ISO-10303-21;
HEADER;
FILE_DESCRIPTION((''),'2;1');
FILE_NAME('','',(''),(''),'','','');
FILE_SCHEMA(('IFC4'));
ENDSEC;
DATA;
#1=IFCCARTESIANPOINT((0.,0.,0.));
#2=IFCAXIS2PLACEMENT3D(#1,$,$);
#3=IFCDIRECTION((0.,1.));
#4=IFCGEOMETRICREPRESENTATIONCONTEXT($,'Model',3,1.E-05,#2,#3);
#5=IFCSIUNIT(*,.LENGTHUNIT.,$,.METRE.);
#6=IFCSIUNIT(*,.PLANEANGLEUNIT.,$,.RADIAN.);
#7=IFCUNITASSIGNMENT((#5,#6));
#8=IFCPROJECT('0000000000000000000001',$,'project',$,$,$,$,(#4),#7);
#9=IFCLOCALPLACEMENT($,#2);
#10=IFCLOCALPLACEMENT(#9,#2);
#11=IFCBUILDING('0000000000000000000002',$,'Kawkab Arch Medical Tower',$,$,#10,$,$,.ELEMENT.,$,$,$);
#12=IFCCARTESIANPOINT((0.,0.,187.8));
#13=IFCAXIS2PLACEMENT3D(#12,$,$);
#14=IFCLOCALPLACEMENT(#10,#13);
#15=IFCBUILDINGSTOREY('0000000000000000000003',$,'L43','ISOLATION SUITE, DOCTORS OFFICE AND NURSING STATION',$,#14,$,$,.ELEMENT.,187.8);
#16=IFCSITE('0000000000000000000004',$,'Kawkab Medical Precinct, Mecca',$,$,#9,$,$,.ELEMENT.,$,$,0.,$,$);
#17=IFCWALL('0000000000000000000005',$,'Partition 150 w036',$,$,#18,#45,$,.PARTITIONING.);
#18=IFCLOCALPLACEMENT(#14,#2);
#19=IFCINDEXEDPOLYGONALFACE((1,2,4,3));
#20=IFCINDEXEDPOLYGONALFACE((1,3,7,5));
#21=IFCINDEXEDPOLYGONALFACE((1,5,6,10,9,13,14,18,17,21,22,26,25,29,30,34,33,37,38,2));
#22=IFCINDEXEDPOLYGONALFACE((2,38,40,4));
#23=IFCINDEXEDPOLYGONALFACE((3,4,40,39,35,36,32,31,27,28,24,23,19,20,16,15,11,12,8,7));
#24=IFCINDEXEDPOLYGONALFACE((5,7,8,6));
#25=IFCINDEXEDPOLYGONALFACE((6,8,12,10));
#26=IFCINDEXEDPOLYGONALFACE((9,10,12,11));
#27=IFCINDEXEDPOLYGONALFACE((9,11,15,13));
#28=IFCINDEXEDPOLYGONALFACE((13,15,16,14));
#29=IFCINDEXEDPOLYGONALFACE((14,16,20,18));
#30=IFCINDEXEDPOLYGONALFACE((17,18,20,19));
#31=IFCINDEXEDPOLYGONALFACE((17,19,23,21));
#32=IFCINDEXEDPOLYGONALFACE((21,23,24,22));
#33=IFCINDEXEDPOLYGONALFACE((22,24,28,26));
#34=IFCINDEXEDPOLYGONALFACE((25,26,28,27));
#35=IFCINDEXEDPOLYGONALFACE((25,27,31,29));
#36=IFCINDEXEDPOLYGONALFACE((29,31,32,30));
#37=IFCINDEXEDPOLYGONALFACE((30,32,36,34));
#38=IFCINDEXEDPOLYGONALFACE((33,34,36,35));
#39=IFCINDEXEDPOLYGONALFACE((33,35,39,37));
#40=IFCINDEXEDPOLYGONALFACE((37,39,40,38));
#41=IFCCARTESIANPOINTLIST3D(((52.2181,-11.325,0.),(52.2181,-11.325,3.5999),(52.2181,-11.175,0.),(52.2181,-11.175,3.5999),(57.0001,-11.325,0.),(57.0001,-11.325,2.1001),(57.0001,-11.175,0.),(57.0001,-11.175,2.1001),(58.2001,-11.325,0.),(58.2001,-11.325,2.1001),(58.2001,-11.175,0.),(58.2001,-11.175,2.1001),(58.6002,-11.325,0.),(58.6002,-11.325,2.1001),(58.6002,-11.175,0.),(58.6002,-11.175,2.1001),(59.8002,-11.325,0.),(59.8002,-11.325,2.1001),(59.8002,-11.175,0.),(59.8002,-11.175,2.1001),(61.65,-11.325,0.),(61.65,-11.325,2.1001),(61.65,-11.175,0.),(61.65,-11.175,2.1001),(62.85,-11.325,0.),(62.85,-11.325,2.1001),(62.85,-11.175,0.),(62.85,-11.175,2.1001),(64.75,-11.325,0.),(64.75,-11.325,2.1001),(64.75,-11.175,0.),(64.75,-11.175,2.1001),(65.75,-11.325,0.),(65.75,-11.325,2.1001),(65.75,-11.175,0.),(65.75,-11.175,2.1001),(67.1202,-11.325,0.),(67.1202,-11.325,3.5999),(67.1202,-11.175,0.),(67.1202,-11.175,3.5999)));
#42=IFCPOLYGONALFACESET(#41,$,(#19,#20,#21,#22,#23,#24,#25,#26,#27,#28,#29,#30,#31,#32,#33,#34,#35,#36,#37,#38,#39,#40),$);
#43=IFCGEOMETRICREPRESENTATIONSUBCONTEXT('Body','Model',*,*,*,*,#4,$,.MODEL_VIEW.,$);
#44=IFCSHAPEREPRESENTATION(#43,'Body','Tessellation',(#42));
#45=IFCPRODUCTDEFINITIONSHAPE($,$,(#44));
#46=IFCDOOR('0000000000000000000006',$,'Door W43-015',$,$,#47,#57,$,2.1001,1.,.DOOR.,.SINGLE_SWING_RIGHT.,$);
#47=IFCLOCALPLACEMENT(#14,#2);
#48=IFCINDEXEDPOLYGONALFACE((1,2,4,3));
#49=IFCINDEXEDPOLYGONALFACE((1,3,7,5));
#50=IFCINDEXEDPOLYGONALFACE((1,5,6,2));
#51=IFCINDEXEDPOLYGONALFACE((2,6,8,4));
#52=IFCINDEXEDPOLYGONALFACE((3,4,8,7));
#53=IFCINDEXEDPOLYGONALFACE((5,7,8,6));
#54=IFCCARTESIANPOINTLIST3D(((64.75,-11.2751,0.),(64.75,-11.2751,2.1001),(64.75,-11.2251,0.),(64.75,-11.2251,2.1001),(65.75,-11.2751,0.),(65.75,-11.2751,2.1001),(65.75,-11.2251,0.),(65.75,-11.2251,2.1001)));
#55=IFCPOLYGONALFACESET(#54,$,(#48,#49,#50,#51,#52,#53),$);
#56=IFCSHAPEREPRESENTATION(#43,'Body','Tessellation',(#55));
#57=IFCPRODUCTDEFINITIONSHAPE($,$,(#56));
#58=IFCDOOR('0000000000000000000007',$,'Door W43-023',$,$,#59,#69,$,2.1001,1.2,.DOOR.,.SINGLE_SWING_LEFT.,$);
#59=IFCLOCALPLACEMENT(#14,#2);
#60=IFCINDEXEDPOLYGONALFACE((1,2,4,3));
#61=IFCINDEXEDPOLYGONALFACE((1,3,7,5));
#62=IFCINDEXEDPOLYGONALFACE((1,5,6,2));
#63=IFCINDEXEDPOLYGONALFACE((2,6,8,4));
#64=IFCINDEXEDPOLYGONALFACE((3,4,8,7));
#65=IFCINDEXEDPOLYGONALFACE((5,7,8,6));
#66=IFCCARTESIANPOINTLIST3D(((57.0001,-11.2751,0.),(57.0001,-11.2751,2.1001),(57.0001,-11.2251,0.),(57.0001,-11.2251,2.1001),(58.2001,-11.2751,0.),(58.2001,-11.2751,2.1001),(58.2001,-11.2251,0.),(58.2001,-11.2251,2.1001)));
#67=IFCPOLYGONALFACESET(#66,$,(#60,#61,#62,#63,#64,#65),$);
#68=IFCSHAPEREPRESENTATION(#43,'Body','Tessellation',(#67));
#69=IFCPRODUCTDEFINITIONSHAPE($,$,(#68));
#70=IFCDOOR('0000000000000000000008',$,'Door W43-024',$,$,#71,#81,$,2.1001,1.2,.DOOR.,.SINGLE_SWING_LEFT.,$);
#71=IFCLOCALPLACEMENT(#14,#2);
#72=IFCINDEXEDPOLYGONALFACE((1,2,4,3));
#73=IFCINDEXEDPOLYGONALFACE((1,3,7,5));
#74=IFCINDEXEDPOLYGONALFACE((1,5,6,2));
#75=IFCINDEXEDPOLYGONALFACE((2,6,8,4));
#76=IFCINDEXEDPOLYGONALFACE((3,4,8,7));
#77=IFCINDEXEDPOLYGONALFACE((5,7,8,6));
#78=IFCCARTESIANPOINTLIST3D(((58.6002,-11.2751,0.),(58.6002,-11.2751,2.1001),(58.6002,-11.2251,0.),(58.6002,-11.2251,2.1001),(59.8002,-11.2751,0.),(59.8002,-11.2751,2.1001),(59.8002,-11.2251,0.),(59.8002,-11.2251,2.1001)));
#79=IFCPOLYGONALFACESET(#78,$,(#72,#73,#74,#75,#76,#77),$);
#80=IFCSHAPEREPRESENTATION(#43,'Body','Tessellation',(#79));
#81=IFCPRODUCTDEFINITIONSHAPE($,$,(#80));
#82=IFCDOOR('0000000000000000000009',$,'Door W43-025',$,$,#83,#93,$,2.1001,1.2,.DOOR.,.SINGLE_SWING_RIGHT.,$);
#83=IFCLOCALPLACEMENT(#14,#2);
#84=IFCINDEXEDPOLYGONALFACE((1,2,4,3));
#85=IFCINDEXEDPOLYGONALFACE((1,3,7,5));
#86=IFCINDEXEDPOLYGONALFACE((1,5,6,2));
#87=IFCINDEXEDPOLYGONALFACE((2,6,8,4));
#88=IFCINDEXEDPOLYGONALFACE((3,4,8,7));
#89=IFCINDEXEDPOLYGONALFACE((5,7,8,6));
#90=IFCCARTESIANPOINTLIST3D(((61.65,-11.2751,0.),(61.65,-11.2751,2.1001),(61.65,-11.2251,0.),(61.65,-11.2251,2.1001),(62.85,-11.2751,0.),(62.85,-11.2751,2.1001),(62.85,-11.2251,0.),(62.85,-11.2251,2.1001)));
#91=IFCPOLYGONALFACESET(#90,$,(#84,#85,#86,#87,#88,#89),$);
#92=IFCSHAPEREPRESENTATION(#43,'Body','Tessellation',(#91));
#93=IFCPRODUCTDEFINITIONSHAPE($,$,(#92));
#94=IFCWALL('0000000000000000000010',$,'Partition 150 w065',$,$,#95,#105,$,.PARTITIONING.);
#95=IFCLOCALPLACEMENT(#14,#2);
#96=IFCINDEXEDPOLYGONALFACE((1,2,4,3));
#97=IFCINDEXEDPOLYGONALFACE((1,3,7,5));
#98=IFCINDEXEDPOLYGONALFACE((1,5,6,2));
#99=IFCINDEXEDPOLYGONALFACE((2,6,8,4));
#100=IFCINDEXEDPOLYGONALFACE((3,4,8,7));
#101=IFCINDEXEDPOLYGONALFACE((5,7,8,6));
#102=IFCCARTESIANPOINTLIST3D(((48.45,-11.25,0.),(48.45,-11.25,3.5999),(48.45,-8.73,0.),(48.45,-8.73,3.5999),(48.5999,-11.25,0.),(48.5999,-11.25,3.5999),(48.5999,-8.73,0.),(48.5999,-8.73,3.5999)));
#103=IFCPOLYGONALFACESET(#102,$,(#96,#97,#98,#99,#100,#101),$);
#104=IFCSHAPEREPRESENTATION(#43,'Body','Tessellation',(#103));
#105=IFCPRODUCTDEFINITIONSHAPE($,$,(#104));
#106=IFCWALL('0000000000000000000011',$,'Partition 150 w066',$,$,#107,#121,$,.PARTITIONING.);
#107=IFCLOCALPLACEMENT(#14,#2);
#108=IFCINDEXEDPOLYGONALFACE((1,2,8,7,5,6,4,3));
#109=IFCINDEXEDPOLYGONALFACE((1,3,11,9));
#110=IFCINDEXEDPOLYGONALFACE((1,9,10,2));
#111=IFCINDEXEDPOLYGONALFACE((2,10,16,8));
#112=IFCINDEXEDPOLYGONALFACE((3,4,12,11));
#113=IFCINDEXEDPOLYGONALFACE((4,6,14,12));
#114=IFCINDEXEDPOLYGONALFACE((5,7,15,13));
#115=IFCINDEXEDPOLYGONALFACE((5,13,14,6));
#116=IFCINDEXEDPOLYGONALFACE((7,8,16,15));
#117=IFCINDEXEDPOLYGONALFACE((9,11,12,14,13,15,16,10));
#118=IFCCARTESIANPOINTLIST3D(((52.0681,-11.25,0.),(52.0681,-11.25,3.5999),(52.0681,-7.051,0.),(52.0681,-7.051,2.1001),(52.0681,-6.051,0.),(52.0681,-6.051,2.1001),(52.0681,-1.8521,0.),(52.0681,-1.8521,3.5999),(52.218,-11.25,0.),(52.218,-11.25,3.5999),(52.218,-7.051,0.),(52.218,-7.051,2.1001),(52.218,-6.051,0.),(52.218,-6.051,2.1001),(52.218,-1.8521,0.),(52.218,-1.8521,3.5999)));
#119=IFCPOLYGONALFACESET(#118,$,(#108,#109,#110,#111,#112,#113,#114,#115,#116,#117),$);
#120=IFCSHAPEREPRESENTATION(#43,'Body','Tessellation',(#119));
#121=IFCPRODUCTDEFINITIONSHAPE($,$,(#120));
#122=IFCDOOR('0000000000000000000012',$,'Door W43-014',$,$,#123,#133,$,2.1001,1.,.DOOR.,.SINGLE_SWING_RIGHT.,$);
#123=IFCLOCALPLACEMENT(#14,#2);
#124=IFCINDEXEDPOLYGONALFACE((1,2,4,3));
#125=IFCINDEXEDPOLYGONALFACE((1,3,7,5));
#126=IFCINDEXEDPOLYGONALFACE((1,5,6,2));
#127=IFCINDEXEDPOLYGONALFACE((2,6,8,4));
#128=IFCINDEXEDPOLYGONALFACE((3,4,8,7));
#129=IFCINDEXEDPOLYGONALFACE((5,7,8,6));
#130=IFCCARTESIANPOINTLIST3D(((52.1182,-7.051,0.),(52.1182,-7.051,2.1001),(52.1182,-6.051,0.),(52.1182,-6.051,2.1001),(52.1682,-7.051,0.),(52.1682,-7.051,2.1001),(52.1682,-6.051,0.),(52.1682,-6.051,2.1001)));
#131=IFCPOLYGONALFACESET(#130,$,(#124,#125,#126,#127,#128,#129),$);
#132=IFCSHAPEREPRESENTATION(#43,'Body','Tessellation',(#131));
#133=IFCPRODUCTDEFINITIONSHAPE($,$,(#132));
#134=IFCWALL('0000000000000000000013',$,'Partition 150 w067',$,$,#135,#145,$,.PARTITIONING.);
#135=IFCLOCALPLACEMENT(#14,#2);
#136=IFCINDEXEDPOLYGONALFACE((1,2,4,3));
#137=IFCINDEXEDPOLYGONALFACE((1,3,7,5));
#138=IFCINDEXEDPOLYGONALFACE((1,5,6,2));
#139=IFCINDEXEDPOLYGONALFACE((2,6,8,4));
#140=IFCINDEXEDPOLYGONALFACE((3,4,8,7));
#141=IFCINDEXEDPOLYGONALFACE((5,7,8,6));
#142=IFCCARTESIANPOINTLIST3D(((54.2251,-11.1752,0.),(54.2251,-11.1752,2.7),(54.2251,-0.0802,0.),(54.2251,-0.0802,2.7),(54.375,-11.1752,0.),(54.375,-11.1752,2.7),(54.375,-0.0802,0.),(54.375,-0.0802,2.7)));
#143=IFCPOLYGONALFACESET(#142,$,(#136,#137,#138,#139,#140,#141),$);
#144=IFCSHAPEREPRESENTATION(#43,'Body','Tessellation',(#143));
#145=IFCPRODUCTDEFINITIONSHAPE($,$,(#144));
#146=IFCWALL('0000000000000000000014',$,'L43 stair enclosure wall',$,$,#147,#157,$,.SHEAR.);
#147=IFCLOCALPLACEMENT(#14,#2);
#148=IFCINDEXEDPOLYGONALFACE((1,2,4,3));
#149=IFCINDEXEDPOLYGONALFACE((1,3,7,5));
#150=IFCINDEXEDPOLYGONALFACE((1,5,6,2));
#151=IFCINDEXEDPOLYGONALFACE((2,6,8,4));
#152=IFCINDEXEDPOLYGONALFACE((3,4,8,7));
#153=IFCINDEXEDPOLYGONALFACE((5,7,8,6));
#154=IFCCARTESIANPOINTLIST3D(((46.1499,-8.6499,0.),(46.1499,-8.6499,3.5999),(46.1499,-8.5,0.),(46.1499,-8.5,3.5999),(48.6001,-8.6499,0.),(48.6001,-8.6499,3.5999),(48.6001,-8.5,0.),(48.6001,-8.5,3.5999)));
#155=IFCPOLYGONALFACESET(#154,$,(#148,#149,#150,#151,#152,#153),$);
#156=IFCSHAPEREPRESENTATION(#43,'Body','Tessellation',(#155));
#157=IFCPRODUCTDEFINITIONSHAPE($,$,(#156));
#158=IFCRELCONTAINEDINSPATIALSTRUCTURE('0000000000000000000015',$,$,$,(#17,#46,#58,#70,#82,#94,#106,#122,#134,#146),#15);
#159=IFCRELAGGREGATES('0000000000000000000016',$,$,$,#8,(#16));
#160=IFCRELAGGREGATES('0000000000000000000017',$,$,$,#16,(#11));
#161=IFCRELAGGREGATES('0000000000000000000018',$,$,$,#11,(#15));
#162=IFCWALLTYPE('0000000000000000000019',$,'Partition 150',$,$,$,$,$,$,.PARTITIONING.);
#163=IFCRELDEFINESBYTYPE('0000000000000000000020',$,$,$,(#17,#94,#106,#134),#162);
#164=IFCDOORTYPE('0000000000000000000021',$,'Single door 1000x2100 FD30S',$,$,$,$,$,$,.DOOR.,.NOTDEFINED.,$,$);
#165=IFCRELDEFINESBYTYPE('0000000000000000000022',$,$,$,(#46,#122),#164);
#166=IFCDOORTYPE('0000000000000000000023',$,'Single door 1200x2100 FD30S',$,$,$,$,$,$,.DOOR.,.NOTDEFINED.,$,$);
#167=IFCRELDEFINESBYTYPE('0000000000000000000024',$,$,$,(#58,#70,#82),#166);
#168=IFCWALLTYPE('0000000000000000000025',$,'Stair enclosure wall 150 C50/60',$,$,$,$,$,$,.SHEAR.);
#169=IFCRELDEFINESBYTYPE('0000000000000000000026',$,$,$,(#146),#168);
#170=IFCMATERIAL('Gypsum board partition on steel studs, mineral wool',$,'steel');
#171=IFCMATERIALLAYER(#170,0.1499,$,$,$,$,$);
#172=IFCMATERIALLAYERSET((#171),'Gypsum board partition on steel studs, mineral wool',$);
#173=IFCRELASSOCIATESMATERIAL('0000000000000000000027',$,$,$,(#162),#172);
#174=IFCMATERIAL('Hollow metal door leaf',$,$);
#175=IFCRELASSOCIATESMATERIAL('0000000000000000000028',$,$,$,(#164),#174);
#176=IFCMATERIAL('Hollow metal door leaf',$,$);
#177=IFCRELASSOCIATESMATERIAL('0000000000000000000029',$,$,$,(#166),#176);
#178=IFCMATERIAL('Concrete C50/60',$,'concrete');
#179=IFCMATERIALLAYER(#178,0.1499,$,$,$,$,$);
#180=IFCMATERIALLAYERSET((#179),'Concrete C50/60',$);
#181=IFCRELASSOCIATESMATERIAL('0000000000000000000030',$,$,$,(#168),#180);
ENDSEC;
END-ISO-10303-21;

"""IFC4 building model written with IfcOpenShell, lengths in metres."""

from ifc_helpers import new_model, si_unit, direction, frame, frame_2d, origin, place, context, subcontext, project, spatial, rectangle, extrude, material, layer, layer_set, type_object, element, fill, save


model = new_model("IFC4")

# Units and contexts
model_context = context("Model", 3, precision=1e-05, world=origin(), true_north=direction((0.0, 1.0)))
body_context = subcontext(model_context, "Body", "Model", "MODEL_VIEW")
ifc_project = project(units=[si_unit("LENGTHUNIT", "METRE"), si_unit("PLANEANGLEUNIT", "RADIAN")], contexts=[model_context])

# Site, building, storey
site_placement = place(None, origin())
site = spatial("IfcSite", under=ifc_project, at=site_placement, Name="Kawkab Medical Precinct, Mecca", CompositionType="ELEMENT", RefElevation=0.0)
building_placement = place(site_placement, origin())
building = spatial("IfcBuilding", under=site, at=building_placement, Name="Kawkab Arch Medical Tower", CompositionType="ELEMENT")
storey_placement = place(building_placement, frame((0.0, 0.0, 187.8)))
storey = spatial("IfcBuildingStorey", under=building, at=storey_placement, Name="L43", Description="ISOLATION SUITE, DOCTORS OFFICE AND NURSING STATION", CompositionType="ELEMENT", Elevation=187.8)

# Wall, openings, doors
ifc_material_1 = material(Name="Gypsum board partition on steel studs, mineral wool", Category="steel")
ifc_layer_1 = layer(ifc_material_1, 0.1499)
ifc_layer_set_1 = layer_set([ifc_layer_1], Name="Gypsum board partition on steel studs, mineral wool")
wall_type_1 = type_object("IfcWallType", Name="Partition 150", PredefinedType="PARTITIONING", material=ifc_layer_set_1)
wall_1_placement = place(storey_placement, frame((52.218, -11.25, 0.0), z_axis=(0.0, 0.0, 1.0), x_axis=(1.0, 0.0, 0.0)))
wall_1 = element("IfcWall", 1, at=wall_1_placement, inside=storey, type_object=wall_type_1, Name="Partition 150 w036", PredefinedType="PARTITIONING", context=body_context, shape_type="SweptSolid", body=[
    extrude(rectangle(XDim=14.9021, YDim=0.1499, at=frame_2d((7.4512, 0.0))), origin(), (0.0, 0.0, 1.0), 3.5999),
])
opening_1_placement = place(wall_1_placement, frame((4.782, 0.0, 0.0)))
opening_1 = element("IfcOpeningElement", 2, at=opening_1_placement, cuts=wall_1, PredefinedType="OPENING", context=body_context, shape_type="SweptSolid", body=[
    extrude(rectangle(XDim=1.2, YDim=2.1001, at=frame_2d((0.6001, 1.05))), frame((0.0, 0.085, 0.0), z_axis=(0.0, -1.0, 0.0), x_axis=(1.0, 0.0, 0.0)), (0.0, 0.0, 1.0), 0.1699),
])
opening_2_placement = place(wall_1_placement, frame((6.3821, 0.0, 0.0)))
opening_2 = element("IfcOpeningElement", 3, at=opening_2_placement, cuts=wall_1, PredefinedType="OPENING", context=body_context, shape_type="SweptSolid", body=[
    extrude(rectangle(XDim=1.2, YDim=2.1001, at=frame_2d((0.6001, 1.05))), frame((0.0, 0.085, 0.0), z_axis=(0.0, -1.0, 0.0), x_axis=(1.0, 0.0, 0.0)), (0.0, 0.0, 1.0), 0.1699),
])
opening_3_placement = place(wall_1_placement, frame((9.4319, 0.0, 0.0)))
opening_3 = element("IfcOpeningElement", 4, at=opening_3_placement, cuts=wall_1, PredefinedType="OPENING", context=body_context, shape_type="SweptSolid", body=[
    extrude(rectangle(XDim=1.2, YDim=2.1001, at=frame_2d((0.6001, 1.05))), frame((0.0, 0.085, 0.0), z_axis=(0.0, -1.0, 0.0), x_axis=(1.0, 0.0, 0.0)), (0.0, 0.0, 1.0), 0.1699),
])
opening_4_placement = place(wall_1_placement, frame((12.532, 0.0, 0.0)))
opening_4 = element("IfcOpeningElement", 5, at=opening_4_placement, cuts=wall_1, PredefinedType="OPENING", context=body_context, shape_type="SweptSolid", body=[
    extrude(rectangle(XDim=1.0, YDim=2.1001, at=frame_2d((0.5, 1.05))), frame((0.0, 0.085, 0.0), z_axis=(0.0, -1.0, 0.0), x_axis=(1.0, 0.0, 0.0)), (0.0, 0.0, 1.0), 0.1699),
])
ifc_material_2 = material(Name="Hollow metal door leaf")
door_type_1 = type_object("IfcDoorType", Name="Single door 1000x2100 FD30S", OperationType="NOTDEFINED", PredefinedType="DOOR", material=ifc_material_2)
door_1_placement = place(opening_4_placement, origin())
door_1 = element("IfcDoor", 6, at=door_1_placement, inside=storey, type_object=door_type_1, Name="Door W43-015", OperationType="SINGLE_SWING_RIGHT", OverallHeight=2.1001, OverallWidth=1.0, PredefinedType="DOOR", context=body_context, shape_type="SweptSolid", body=[
    extrude(rectangle(XDim=1.0, YDim=2.1001, at=frame_2d((0.5, 1.05))), frame((0.0, 0.0249, 0.0), z_axis=(0.0, -1.0, 0.0), x_axis=(1.0, 0.0, 0.0)), (0.0, 0.0, 1.0), 0.05),
])
fill(opening_4, door_1)
ifc_material_3 = material(Name="Hollow metal door leaf")
door_type_2 = type_object("IfcDoorType", Name="Single door 1200x2100 FD30S", OperationType="NOTDEFINED", PredefinedType="DOOR", material=ifc_material_3)
door_2_placement = place(opening_1_placement, origin())
door_2 = element("IfcDoor", 7, at=door_2_placement, inside=storey, type_object=door_type_2, Name="Door W43-023", OperationType="SINGLE_SWING_LEFT", OverallHeight=2.1001, OverallWidth=1.2, PredefinedType="DOOR", context=body_context, shape_type="SweptSolid", body=[
    extrude(rectangle(XDim=1.2, YDim=2.1001, at=frame_2d((0.6001, 1.05))), frame((0.0, 0.0249, 0.0), z_axis=(0.0, -1.0, 0.0), x_axis=(1.0, 0.0, 0.0)), (0.0, 0.0, 1.0), 0.05),
])
fill(opening_1, door_2)
door_3_placement = place(opening_2_placement, origin())
door_3 = element("IfcDoor", 8, at=door_3_placement, inside=storey, type_object=door_type_2, Name="Door W43-024", OperationType="SINGLE_SWING_LEFT", OverallHeight=2.1001, OverallWidth=1.2, PredefinedType="DOOR", context=body_context, shape_type="SweptSolid", body=[
    extrude(rectangle(XDim=1.2, YDim=2.1001, at=frame_2d((0.6001, 1.05))), frame((0.0, 0.0249, 0.0), z_axis=(0.0, -1.0, 0.0), x_axis=(1.0, 0.0, 0.0)), (0.0, 0.0, 1.0), 0.05),
])
fill(opening_2, door_3)
door_4_placement = place(opening_3_placement, origin())
door_4 = element("IfcDoor", 9, at=door_4_placement, inside=storey, type_object=door_type_2, Name="Door W43-025", OperationType="SINGLE_SWING_RIGHT", OverallHeight=2.1001, OverallWidth=1.2, PredefinedType="DOOR", context=body_context, shape_type="SweptSolid", body=[
    extrude(rectangle(XDim=1.2, YDim=2.1001, at=frame_2d((0.6001, 1.05))), frame((0.0, 0.0249, 0.0), z_axis=(0.0, -1.0, 0.0), x_axis=(1.0, 0.0, 0.0)), (0.0, 0.0, 1.0), 0.05),
])
fill(opening_3, door_4)

# Wall
wall_2_placement = place(storey_placement, frame((48.5249, -11.25, 0.0), z_axis=(0.0, 0.0, 1.0), x_axis=(0.0, 1.0, 0.0)))
element("IfcWall", 10, at=wall_2_placement, inside=storey, type_object=wall_type_1, Name="Partition 150 w065", PredefinedType="PARTITIONING", context=body_context, shape_type="SweptSolid", body=[
    extrude(rectangle(XDim=2.52, YDim=0.1499, at=frame_2d((1.26, 0.0))), origin(), (0.0, 0.0, 1.0), 3.5999),
])

# Wall, opening, door
wall_3_placement = place(storey_placement, frame((52.1431, -11.25, 0.0), z_axis=(0.0, 0.0, 1.0), x_axis=(0.0, 1.0, 0.0)))
wall_3 = element("IfcWall", 11, at=wall_3_placement, inside=storey, type_object=wall_type_1, Name="Partition 150 w066", PredefinedType="PARTITIONING", context=body_context, shape_type="SweptSolid", body=[
    extrude(rectangle(XDim=9.3979, YDim=0.1499, at=frame_2d((4.699, 0.0))), origin(), (0.0, 0.0, 1.0), 3.5999),
])
opening_5_placement = place(wall_3_placement, frame((4.199, 0.0, 0.0)))
opening_5 = element("IfcOpeningElement", 12, at=opening_5_placement, cuts=wall_3, PredefinedType="OPENING", context=body_context, shape_type="SweptSolid", body=[
    extrude(rectangle(XDim=1.0, YDim=2.1001, at=frame_2d((0.5, 1.05))), frame((0.0, 0.085, 0.0), z_axis=(0.0, -1.0, 0.0), x_axis=(1.0, 0.0, 0.0)), (0.0, 0.0, 1.0), 0.1699),
])
door_5_placement = place(opening_5_placement, origin())
door_5 = element("IfcDoor", 13, at=door_5_placement, inside=storey, type_object=door_type_1, Name="Door W43-014", OperationType="SINGLE_SWING_RIGHT", OverallHeight=2.1001, OverallWidth=1.0, PredefinedType="DOOR", context=body_context, shape_type="SweptSolid", body=[
    extrude(rectangle(XDim=1.0, YDim=2.1001, at=frame_2d((0.5, 1.05))), frame((0.0, 0.0249, 0.0), z_axis=(0.0, -1.0, 0.0), x_axis=(1.0, 0.0, 0.0)), (0.0, 0.0, 1.0), 0.05),
])
fill(opening_5, door_5)

# Walls
wall_4_placement = place(storey_placement, frame((54.3, -11.175, 0.0), z_axis=(0.0, 0.0, 1.0), x_axis=(0.0, 1.0, 0.0)))
element("IfcWall", 14, at=wall_4_placement, inside=storey, type_object=wall_type_1, Name="Partition 150 w067", PredefinedType="PARTITIONING", context=body_context, shape_type="SweptSolid", body=[
    extrude(rectangle(XDim=11.095, YDim=0.1499, at=frame_2d((5.5474, 0.0))), origin(), (0.0, 0.0, 1.0), 2.7),
])
ifc_material_4 = material(Name="Concrete C50/60", Category="concrete")
ifc_layer_2 = layer(ifc_material_4, 0.1499)
ifc_layer_set_2 = layer_set([ifc_layer_2], Name="Concrete C50/60")
wall_type_2 = type_object("IfcWallType", Name="Stair enclosure wall 150 C50/60", PredefinedType="SHEAR", material=ifc_layer_set_2)
wall_5_placement = place(storey_placement, frame((46.1499, -8.575, 0.0), z_axis=(0.0, 0.0, 1.0), x_axis=(1.0, 0.0, 0.0)))
element("IfcWall", 15, at=wall_5_placement, inside=storey, type_object=wall_type_2, Name="L43 stair enclosure wall", PredefinedType="SHEAR", context=body_context, shape_type="SweptSolid", body=[
    extrude(rectangle(XDim=2.4502, YDim=0.1499, at=frame_2d((1.2251, 0.0))), origin(), (0.0, 0.0, 1.0), 3.5999),
])

save(model, "model.ifc")
